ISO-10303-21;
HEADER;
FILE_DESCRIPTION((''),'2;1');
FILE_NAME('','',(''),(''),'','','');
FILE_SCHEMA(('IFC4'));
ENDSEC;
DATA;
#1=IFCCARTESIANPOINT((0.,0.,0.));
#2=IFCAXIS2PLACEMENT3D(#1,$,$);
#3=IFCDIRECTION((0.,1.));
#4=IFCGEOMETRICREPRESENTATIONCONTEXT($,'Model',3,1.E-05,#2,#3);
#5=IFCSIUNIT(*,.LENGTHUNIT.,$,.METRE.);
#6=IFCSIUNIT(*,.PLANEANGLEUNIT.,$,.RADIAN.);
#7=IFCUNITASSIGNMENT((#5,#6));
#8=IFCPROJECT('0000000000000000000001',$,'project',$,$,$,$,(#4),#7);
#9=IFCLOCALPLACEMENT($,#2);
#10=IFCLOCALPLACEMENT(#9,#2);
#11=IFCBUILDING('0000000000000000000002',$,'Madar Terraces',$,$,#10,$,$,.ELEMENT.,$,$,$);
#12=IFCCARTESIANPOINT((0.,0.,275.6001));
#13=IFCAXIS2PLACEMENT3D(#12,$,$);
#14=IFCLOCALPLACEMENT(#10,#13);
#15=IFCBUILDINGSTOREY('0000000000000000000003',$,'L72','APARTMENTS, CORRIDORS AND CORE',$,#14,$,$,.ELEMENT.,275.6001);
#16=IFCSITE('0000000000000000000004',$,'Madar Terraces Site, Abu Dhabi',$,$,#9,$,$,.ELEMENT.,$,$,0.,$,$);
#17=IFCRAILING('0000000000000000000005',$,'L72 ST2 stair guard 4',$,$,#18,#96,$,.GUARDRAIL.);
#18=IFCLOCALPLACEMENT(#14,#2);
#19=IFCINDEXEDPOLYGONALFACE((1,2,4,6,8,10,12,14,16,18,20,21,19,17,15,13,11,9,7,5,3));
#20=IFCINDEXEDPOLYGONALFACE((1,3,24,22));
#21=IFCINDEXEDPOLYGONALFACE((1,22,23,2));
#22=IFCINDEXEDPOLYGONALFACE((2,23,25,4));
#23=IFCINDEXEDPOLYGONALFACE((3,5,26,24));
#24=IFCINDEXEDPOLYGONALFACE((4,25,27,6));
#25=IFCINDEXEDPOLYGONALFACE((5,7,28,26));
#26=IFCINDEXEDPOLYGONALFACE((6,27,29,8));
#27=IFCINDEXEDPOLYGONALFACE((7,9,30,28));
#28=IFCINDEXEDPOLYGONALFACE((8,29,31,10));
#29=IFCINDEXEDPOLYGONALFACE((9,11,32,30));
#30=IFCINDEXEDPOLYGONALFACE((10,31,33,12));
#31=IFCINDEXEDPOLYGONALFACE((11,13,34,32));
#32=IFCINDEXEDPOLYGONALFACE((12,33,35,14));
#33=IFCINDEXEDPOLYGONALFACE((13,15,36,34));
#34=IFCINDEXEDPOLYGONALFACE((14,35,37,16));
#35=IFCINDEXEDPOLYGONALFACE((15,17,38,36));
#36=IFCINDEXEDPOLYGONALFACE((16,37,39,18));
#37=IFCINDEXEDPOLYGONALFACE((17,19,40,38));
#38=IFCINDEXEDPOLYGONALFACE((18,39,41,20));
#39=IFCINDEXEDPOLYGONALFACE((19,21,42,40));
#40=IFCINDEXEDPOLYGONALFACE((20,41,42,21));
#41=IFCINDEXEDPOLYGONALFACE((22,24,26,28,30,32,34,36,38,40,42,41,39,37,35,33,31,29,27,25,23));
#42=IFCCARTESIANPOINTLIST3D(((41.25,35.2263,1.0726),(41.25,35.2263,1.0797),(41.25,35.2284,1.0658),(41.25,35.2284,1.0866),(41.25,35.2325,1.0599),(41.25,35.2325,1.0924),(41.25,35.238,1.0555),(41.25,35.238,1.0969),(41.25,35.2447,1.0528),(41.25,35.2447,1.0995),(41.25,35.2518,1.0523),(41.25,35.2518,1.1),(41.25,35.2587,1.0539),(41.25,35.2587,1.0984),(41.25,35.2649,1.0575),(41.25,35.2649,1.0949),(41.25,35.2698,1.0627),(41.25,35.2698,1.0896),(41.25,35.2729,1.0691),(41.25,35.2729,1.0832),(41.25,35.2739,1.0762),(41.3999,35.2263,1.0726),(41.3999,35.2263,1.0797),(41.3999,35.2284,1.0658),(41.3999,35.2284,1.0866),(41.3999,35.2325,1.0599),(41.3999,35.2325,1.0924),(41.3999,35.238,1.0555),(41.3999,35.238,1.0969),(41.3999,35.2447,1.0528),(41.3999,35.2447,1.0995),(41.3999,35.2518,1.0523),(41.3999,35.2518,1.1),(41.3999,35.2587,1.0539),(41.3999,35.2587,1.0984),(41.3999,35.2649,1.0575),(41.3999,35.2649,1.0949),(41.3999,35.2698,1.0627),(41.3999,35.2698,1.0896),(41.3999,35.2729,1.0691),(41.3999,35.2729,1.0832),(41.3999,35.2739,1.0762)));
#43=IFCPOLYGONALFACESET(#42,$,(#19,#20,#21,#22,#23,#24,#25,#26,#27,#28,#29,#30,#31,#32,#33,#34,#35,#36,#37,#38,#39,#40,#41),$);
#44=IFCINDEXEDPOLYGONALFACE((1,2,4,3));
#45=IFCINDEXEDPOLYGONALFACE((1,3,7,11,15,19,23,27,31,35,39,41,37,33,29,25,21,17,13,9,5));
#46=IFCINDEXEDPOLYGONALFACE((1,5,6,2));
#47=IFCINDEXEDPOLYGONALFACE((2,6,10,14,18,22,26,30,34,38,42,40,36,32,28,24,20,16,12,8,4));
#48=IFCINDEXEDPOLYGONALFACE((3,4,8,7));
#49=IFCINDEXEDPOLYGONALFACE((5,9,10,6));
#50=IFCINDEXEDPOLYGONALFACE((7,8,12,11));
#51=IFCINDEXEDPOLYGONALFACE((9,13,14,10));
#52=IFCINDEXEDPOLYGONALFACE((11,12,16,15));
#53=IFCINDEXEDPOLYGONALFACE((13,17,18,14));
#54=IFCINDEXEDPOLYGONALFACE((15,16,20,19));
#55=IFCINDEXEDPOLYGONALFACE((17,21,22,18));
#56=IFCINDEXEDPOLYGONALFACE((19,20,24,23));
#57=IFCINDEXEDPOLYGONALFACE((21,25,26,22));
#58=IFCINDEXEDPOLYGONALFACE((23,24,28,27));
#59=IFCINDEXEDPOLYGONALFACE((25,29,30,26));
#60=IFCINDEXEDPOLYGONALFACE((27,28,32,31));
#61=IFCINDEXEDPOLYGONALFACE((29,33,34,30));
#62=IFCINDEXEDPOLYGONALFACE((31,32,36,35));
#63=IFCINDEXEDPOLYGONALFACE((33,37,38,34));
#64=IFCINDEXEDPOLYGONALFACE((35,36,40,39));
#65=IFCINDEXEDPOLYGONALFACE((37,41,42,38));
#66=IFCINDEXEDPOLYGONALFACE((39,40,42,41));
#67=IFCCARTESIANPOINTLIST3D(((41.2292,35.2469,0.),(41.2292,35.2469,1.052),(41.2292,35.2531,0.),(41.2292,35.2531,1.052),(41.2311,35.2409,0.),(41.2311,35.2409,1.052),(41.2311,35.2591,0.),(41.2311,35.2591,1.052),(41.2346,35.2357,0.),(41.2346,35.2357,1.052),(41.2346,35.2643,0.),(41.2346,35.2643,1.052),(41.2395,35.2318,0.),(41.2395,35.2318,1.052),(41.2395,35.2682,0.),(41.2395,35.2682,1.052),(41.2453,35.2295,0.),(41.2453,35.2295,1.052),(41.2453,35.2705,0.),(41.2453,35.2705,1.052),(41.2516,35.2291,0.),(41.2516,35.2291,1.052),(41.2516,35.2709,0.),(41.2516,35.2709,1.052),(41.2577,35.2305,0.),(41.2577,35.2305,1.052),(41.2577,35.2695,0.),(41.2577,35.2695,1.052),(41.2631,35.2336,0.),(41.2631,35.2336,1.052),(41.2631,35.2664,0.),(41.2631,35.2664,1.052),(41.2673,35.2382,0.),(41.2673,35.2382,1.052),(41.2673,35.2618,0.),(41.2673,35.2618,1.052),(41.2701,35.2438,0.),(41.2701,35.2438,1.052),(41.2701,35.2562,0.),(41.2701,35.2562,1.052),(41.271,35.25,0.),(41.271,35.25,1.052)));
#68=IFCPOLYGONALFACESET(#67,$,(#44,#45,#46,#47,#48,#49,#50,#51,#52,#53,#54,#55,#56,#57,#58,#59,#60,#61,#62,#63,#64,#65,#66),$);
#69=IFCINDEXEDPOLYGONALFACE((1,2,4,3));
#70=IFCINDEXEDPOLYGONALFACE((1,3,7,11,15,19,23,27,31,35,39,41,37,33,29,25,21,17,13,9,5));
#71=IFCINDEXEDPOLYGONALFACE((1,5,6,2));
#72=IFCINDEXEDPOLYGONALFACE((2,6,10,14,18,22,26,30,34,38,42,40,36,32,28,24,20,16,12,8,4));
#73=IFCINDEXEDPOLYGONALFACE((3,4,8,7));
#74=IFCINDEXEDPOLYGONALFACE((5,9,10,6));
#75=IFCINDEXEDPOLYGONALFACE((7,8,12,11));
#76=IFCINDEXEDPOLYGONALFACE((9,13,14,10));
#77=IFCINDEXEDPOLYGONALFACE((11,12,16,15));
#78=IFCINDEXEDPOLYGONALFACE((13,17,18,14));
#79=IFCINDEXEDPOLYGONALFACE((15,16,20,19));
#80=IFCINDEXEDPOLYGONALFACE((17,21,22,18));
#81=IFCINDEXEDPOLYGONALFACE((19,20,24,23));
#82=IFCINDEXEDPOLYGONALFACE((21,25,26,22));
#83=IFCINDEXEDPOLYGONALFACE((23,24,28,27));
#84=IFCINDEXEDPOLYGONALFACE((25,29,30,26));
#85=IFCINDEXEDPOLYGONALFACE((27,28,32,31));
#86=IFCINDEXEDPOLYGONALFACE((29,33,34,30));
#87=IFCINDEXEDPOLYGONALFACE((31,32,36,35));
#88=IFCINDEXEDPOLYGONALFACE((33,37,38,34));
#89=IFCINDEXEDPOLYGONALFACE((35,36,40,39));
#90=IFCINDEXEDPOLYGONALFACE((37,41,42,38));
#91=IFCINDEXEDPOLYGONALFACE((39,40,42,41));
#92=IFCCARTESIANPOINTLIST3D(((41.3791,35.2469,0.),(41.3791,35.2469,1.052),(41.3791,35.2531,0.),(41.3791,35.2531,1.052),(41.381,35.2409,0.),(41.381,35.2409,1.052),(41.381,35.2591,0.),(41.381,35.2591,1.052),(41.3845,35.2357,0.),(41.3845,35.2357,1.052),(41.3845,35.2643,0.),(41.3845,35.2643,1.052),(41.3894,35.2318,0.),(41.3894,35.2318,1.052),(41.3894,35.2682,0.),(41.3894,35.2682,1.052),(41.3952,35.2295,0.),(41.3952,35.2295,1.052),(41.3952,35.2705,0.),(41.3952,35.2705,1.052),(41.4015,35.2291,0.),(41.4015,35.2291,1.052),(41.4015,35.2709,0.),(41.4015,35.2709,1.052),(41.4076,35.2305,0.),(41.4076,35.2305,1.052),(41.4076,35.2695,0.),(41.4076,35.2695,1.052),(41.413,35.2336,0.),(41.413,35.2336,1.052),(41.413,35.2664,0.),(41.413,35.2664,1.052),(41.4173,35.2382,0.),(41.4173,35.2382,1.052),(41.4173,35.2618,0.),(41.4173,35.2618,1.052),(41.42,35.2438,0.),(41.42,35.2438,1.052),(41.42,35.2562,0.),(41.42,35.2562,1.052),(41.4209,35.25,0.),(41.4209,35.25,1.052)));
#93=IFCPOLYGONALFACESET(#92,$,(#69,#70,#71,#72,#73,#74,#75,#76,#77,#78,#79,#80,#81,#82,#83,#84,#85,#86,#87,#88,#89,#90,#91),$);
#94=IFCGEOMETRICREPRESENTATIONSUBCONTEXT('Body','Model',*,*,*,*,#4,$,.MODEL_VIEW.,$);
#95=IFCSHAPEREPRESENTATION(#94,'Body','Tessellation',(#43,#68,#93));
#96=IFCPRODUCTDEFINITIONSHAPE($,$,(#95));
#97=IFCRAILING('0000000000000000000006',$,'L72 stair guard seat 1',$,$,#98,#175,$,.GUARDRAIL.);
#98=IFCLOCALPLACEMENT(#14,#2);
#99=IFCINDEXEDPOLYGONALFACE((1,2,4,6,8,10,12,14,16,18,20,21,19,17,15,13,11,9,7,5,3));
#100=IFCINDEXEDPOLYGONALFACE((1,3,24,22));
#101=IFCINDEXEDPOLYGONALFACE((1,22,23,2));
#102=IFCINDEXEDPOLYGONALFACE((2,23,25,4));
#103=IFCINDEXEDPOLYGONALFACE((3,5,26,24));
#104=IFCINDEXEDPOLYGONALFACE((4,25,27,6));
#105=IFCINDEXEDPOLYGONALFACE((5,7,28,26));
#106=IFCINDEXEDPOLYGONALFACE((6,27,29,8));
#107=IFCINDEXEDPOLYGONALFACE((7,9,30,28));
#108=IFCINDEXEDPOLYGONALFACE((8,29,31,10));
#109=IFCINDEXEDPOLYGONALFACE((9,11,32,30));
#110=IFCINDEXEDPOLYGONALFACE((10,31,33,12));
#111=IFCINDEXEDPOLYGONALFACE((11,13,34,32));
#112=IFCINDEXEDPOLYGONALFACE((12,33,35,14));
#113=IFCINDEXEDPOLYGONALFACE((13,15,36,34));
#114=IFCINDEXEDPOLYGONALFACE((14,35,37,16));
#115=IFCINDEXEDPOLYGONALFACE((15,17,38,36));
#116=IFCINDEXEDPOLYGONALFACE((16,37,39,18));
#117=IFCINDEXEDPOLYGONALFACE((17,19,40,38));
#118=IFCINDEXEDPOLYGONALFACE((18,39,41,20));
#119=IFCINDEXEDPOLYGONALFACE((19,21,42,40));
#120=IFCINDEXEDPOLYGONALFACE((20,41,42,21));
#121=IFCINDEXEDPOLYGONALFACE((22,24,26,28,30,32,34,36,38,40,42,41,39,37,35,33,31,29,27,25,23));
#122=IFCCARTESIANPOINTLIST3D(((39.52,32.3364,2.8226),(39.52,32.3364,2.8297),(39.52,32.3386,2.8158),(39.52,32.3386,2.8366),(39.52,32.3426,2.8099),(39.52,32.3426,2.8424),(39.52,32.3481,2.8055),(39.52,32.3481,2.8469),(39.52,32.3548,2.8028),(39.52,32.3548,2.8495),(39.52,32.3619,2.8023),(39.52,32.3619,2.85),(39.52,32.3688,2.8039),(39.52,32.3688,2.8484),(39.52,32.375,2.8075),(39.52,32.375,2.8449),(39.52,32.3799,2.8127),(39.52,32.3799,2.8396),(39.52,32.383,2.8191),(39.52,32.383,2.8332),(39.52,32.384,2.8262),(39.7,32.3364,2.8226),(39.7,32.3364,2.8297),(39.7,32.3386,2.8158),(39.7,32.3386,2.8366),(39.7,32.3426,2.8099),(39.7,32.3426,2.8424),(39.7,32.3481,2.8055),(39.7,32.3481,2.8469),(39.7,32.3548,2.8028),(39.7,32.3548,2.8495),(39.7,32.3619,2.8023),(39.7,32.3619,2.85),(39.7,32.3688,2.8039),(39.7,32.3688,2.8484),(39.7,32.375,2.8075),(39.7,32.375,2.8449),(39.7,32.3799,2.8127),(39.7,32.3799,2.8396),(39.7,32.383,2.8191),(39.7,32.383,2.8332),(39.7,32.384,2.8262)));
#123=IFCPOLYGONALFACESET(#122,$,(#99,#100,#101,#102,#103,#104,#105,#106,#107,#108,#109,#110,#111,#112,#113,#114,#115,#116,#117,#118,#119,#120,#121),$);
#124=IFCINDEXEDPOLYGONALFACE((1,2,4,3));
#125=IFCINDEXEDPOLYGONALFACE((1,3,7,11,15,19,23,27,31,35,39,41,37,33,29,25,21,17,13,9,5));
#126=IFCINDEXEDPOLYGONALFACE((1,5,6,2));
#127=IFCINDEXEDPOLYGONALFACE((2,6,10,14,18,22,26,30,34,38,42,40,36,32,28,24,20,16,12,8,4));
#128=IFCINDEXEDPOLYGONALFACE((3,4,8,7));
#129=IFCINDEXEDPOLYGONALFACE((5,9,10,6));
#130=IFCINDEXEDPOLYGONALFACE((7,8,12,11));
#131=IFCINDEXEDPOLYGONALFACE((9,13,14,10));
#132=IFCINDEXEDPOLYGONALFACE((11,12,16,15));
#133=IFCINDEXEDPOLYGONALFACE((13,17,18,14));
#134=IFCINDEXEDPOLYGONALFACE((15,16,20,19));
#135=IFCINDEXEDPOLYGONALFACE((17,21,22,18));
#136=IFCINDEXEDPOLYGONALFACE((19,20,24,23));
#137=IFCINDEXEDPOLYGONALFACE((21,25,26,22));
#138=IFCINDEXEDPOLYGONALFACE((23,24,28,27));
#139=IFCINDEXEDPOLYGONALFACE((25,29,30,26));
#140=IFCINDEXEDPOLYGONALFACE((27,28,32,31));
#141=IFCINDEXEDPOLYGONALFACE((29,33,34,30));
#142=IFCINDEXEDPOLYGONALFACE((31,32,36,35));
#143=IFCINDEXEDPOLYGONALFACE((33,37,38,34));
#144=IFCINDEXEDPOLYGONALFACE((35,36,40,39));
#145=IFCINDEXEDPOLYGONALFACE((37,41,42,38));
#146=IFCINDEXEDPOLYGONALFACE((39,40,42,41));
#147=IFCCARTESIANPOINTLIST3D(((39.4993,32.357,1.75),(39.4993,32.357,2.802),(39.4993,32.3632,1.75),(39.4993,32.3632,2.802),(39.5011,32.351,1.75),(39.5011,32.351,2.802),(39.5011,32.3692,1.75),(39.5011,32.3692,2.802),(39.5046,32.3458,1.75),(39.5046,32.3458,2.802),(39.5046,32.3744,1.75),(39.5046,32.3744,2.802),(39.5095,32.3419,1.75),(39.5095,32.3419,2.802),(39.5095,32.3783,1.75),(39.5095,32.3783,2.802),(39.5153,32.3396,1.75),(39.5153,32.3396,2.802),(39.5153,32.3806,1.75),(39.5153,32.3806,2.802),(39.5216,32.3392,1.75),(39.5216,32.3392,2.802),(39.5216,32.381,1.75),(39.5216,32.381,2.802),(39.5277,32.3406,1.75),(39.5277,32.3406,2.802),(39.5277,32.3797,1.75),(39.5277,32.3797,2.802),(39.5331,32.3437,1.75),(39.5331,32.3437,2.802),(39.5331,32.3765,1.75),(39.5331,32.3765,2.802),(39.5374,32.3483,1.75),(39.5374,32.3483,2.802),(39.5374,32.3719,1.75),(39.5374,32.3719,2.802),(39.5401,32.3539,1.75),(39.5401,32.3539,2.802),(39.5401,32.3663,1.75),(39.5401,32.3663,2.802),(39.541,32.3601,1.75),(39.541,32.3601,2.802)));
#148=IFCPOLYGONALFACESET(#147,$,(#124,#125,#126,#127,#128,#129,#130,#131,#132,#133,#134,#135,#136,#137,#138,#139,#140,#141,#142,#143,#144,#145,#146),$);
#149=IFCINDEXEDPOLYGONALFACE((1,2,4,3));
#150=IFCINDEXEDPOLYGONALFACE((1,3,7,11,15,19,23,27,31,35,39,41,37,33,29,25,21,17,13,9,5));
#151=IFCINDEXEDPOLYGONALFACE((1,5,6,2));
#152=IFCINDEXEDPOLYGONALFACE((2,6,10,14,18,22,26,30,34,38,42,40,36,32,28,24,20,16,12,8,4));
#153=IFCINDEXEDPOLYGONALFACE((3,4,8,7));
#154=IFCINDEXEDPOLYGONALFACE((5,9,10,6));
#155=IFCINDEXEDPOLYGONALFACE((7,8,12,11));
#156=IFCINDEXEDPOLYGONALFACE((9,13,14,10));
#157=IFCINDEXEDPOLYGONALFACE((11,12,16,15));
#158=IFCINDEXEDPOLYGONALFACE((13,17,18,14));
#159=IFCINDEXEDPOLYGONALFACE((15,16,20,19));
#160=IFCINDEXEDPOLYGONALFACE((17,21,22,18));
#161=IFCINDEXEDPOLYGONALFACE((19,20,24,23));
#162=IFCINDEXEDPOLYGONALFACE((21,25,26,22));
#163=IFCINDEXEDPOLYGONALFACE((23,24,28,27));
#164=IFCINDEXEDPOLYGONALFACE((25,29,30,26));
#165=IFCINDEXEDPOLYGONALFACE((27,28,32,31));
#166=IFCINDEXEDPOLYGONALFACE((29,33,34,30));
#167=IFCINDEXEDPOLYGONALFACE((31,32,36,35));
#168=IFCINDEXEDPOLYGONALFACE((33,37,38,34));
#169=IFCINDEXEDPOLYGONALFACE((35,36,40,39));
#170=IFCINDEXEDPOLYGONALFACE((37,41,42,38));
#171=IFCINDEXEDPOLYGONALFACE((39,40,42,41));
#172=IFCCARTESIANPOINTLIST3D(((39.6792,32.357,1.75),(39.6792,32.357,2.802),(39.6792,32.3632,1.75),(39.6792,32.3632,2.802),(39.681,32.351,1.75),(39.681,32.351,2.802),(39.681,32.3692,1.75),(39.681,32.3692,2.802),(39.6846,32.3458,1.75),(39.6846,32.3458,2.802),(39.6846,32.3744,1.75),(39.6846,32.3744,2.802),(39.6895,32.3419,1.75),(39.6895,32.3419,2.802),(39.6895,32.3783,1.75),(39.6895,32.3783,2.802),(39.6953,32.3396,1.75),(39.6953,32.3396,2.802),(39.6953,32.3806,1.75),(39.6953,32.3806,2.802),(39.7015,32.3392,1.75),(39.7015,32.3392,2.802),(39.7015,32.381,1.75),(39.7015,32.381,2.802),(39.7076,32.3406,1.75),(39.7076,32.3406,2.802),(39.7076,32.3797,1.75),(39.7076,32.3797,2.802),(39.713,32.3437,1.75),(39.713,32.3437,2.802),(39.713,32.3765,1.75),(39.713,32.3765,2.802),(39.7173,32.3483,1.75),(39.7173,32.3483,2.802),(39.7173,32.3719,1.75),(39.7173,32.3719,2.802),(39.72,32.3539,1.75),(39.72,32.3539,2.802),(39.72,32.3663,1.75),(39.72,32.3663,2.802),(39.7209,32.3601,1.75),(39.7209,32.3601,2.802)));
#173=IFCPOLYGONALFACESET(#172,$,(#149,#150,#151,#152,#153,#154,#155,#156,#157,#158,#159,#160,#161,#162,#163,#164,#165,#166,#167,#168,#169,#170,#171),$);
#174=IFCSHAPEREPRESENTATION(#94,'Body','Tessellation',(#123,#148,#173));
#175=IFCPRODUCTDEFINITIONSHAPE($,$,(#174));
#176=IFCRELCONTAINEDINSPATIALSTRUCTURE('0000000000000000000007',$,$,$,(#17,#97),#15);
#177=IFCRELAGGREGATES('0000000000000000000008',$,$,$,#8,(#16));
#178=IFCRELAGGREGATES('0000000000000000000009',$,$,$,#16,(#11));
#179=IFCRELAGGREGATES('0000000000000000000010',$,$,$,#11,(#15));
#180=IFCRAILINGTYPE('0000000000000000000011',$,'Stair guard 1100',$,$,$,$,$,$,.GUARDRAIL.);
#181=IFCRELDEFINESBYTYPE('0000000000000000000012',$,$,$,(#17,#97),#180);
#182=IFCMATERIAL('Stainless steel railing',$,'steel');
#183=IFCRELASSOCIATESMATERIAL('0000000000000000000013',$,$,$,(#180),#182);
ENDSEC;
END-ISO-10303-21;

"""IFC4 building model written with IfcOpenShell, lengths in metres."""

from ifc_helpers import new_model, si_unit, direction, frame, origin, origin_2d, place, context, subcontext, project, spatial, circle, extrude, material, type_object, element, save


model = new_model("IFC4")

# Units and contexts
model_context = context("Model", 3, precision=1e-05, world=origin(), true_north=direction((0.0, 1.0)))
body_context = subcontext(model_context, "Body", "Model", "MODEL_VIEW")
ifc_project = project(units=[si_unit("LENGTHUNIT", "METRE"), si_unit("PLANEANGLEUNIT", "RADIAN")], contexts=[model_context])

# Site, building, storey
site_placement = place(None, origin())
site = spatial("IfcSite", under=ifc_project, at=site_placement, Name="Madar Terraces Site, Abu Dhabi", CompositionType="ELEMENT", RefElevation=0.0)
building_placement = place(site_placement, origin())
building = spatial("IfcBuilding", under=site, at=building_placement, Name="Madar Terraces", CompositionType="ELEMENT")
storey_placement = place(building_placement, frame((0.0, 0.0, 275.6001)))
storey = spatial("IfcBuildingStorey", under=building, at=storey_placement, Name="L72", Description="APARTMENTS, CORRIDORS AND CORE", CompositionType="ELEMENT", Elevation=275.6001)

# Railings
ifc_material_1 = material(Name="Stainless steel railing", Category="steel")
railing_type_1 = type_object("IfcRailingType", Name="Stair guard 1100", PredefinedType="GUARDRAIL", material=ifc_material_1)
railing_1_placement = place(storey_placement, frame((41.25, 35.25, 0.0)))
element("IfcRailing", 1, at=railing_1_placement, inside=storey, type_object=railing_type_1, Name="L72 ST2 stair guard 4", PredefinedType="GUARDRAIL", context=body_context, shape_type="SweptSolid", body=[
    extrude(circle(Radius=0.0239, at=origin_2d()), frame((0.0, 0.0, 1.0762), z_axis=(1.0, 0.0, 0.0), x_axis=(0.0, 1.0, 0.0)), (0.0, 0.0, 1.0), 0.1499),
    extrude(circle(Radius=0.021, at=origin_2d()), origin(), (0.0, 0.0, 1.0), 1.052),
    extrude(circle(Radius=0.021, at=origin_2d()), frame((0.1499, 0.0, 0.0)), (0.0, 0.0, 1.0), 1.052),
])
for number, where, name in (
    (2, (39.52, 32.3601, 1.75), "L72 stair guard seat 1"),
):
    element("IfcRailing", number, at=place(storey_placement, frame(where)), inside=storey, type_object=railing_type_1, Name=name, PredefinedType="GUARDRAIL", context=body_context, shape_type="SweptSolid", body=[
        extrude(circle(Radius=0.0239, at=origin_2d()), frame((0.0, 0.0, 1.0762), z_axis=(1.0, 0.0, 0.0), x_axis=(0.0, 1.0, 0.0)), (0.0, 0.0, 1.0), 0.1799),
        extrude(circle(Radius=0.021, at=origin_2d()), origin(), (0.0, 0.0, 1.0), 1.052),
        extrude(circle(Radius=0.021, at=origin_2d()), frame((0.1799, 0.0, 0.0)), (0.0, 0.0, 1.0), 1.052),
    ])

save(model, "model.ifc")
